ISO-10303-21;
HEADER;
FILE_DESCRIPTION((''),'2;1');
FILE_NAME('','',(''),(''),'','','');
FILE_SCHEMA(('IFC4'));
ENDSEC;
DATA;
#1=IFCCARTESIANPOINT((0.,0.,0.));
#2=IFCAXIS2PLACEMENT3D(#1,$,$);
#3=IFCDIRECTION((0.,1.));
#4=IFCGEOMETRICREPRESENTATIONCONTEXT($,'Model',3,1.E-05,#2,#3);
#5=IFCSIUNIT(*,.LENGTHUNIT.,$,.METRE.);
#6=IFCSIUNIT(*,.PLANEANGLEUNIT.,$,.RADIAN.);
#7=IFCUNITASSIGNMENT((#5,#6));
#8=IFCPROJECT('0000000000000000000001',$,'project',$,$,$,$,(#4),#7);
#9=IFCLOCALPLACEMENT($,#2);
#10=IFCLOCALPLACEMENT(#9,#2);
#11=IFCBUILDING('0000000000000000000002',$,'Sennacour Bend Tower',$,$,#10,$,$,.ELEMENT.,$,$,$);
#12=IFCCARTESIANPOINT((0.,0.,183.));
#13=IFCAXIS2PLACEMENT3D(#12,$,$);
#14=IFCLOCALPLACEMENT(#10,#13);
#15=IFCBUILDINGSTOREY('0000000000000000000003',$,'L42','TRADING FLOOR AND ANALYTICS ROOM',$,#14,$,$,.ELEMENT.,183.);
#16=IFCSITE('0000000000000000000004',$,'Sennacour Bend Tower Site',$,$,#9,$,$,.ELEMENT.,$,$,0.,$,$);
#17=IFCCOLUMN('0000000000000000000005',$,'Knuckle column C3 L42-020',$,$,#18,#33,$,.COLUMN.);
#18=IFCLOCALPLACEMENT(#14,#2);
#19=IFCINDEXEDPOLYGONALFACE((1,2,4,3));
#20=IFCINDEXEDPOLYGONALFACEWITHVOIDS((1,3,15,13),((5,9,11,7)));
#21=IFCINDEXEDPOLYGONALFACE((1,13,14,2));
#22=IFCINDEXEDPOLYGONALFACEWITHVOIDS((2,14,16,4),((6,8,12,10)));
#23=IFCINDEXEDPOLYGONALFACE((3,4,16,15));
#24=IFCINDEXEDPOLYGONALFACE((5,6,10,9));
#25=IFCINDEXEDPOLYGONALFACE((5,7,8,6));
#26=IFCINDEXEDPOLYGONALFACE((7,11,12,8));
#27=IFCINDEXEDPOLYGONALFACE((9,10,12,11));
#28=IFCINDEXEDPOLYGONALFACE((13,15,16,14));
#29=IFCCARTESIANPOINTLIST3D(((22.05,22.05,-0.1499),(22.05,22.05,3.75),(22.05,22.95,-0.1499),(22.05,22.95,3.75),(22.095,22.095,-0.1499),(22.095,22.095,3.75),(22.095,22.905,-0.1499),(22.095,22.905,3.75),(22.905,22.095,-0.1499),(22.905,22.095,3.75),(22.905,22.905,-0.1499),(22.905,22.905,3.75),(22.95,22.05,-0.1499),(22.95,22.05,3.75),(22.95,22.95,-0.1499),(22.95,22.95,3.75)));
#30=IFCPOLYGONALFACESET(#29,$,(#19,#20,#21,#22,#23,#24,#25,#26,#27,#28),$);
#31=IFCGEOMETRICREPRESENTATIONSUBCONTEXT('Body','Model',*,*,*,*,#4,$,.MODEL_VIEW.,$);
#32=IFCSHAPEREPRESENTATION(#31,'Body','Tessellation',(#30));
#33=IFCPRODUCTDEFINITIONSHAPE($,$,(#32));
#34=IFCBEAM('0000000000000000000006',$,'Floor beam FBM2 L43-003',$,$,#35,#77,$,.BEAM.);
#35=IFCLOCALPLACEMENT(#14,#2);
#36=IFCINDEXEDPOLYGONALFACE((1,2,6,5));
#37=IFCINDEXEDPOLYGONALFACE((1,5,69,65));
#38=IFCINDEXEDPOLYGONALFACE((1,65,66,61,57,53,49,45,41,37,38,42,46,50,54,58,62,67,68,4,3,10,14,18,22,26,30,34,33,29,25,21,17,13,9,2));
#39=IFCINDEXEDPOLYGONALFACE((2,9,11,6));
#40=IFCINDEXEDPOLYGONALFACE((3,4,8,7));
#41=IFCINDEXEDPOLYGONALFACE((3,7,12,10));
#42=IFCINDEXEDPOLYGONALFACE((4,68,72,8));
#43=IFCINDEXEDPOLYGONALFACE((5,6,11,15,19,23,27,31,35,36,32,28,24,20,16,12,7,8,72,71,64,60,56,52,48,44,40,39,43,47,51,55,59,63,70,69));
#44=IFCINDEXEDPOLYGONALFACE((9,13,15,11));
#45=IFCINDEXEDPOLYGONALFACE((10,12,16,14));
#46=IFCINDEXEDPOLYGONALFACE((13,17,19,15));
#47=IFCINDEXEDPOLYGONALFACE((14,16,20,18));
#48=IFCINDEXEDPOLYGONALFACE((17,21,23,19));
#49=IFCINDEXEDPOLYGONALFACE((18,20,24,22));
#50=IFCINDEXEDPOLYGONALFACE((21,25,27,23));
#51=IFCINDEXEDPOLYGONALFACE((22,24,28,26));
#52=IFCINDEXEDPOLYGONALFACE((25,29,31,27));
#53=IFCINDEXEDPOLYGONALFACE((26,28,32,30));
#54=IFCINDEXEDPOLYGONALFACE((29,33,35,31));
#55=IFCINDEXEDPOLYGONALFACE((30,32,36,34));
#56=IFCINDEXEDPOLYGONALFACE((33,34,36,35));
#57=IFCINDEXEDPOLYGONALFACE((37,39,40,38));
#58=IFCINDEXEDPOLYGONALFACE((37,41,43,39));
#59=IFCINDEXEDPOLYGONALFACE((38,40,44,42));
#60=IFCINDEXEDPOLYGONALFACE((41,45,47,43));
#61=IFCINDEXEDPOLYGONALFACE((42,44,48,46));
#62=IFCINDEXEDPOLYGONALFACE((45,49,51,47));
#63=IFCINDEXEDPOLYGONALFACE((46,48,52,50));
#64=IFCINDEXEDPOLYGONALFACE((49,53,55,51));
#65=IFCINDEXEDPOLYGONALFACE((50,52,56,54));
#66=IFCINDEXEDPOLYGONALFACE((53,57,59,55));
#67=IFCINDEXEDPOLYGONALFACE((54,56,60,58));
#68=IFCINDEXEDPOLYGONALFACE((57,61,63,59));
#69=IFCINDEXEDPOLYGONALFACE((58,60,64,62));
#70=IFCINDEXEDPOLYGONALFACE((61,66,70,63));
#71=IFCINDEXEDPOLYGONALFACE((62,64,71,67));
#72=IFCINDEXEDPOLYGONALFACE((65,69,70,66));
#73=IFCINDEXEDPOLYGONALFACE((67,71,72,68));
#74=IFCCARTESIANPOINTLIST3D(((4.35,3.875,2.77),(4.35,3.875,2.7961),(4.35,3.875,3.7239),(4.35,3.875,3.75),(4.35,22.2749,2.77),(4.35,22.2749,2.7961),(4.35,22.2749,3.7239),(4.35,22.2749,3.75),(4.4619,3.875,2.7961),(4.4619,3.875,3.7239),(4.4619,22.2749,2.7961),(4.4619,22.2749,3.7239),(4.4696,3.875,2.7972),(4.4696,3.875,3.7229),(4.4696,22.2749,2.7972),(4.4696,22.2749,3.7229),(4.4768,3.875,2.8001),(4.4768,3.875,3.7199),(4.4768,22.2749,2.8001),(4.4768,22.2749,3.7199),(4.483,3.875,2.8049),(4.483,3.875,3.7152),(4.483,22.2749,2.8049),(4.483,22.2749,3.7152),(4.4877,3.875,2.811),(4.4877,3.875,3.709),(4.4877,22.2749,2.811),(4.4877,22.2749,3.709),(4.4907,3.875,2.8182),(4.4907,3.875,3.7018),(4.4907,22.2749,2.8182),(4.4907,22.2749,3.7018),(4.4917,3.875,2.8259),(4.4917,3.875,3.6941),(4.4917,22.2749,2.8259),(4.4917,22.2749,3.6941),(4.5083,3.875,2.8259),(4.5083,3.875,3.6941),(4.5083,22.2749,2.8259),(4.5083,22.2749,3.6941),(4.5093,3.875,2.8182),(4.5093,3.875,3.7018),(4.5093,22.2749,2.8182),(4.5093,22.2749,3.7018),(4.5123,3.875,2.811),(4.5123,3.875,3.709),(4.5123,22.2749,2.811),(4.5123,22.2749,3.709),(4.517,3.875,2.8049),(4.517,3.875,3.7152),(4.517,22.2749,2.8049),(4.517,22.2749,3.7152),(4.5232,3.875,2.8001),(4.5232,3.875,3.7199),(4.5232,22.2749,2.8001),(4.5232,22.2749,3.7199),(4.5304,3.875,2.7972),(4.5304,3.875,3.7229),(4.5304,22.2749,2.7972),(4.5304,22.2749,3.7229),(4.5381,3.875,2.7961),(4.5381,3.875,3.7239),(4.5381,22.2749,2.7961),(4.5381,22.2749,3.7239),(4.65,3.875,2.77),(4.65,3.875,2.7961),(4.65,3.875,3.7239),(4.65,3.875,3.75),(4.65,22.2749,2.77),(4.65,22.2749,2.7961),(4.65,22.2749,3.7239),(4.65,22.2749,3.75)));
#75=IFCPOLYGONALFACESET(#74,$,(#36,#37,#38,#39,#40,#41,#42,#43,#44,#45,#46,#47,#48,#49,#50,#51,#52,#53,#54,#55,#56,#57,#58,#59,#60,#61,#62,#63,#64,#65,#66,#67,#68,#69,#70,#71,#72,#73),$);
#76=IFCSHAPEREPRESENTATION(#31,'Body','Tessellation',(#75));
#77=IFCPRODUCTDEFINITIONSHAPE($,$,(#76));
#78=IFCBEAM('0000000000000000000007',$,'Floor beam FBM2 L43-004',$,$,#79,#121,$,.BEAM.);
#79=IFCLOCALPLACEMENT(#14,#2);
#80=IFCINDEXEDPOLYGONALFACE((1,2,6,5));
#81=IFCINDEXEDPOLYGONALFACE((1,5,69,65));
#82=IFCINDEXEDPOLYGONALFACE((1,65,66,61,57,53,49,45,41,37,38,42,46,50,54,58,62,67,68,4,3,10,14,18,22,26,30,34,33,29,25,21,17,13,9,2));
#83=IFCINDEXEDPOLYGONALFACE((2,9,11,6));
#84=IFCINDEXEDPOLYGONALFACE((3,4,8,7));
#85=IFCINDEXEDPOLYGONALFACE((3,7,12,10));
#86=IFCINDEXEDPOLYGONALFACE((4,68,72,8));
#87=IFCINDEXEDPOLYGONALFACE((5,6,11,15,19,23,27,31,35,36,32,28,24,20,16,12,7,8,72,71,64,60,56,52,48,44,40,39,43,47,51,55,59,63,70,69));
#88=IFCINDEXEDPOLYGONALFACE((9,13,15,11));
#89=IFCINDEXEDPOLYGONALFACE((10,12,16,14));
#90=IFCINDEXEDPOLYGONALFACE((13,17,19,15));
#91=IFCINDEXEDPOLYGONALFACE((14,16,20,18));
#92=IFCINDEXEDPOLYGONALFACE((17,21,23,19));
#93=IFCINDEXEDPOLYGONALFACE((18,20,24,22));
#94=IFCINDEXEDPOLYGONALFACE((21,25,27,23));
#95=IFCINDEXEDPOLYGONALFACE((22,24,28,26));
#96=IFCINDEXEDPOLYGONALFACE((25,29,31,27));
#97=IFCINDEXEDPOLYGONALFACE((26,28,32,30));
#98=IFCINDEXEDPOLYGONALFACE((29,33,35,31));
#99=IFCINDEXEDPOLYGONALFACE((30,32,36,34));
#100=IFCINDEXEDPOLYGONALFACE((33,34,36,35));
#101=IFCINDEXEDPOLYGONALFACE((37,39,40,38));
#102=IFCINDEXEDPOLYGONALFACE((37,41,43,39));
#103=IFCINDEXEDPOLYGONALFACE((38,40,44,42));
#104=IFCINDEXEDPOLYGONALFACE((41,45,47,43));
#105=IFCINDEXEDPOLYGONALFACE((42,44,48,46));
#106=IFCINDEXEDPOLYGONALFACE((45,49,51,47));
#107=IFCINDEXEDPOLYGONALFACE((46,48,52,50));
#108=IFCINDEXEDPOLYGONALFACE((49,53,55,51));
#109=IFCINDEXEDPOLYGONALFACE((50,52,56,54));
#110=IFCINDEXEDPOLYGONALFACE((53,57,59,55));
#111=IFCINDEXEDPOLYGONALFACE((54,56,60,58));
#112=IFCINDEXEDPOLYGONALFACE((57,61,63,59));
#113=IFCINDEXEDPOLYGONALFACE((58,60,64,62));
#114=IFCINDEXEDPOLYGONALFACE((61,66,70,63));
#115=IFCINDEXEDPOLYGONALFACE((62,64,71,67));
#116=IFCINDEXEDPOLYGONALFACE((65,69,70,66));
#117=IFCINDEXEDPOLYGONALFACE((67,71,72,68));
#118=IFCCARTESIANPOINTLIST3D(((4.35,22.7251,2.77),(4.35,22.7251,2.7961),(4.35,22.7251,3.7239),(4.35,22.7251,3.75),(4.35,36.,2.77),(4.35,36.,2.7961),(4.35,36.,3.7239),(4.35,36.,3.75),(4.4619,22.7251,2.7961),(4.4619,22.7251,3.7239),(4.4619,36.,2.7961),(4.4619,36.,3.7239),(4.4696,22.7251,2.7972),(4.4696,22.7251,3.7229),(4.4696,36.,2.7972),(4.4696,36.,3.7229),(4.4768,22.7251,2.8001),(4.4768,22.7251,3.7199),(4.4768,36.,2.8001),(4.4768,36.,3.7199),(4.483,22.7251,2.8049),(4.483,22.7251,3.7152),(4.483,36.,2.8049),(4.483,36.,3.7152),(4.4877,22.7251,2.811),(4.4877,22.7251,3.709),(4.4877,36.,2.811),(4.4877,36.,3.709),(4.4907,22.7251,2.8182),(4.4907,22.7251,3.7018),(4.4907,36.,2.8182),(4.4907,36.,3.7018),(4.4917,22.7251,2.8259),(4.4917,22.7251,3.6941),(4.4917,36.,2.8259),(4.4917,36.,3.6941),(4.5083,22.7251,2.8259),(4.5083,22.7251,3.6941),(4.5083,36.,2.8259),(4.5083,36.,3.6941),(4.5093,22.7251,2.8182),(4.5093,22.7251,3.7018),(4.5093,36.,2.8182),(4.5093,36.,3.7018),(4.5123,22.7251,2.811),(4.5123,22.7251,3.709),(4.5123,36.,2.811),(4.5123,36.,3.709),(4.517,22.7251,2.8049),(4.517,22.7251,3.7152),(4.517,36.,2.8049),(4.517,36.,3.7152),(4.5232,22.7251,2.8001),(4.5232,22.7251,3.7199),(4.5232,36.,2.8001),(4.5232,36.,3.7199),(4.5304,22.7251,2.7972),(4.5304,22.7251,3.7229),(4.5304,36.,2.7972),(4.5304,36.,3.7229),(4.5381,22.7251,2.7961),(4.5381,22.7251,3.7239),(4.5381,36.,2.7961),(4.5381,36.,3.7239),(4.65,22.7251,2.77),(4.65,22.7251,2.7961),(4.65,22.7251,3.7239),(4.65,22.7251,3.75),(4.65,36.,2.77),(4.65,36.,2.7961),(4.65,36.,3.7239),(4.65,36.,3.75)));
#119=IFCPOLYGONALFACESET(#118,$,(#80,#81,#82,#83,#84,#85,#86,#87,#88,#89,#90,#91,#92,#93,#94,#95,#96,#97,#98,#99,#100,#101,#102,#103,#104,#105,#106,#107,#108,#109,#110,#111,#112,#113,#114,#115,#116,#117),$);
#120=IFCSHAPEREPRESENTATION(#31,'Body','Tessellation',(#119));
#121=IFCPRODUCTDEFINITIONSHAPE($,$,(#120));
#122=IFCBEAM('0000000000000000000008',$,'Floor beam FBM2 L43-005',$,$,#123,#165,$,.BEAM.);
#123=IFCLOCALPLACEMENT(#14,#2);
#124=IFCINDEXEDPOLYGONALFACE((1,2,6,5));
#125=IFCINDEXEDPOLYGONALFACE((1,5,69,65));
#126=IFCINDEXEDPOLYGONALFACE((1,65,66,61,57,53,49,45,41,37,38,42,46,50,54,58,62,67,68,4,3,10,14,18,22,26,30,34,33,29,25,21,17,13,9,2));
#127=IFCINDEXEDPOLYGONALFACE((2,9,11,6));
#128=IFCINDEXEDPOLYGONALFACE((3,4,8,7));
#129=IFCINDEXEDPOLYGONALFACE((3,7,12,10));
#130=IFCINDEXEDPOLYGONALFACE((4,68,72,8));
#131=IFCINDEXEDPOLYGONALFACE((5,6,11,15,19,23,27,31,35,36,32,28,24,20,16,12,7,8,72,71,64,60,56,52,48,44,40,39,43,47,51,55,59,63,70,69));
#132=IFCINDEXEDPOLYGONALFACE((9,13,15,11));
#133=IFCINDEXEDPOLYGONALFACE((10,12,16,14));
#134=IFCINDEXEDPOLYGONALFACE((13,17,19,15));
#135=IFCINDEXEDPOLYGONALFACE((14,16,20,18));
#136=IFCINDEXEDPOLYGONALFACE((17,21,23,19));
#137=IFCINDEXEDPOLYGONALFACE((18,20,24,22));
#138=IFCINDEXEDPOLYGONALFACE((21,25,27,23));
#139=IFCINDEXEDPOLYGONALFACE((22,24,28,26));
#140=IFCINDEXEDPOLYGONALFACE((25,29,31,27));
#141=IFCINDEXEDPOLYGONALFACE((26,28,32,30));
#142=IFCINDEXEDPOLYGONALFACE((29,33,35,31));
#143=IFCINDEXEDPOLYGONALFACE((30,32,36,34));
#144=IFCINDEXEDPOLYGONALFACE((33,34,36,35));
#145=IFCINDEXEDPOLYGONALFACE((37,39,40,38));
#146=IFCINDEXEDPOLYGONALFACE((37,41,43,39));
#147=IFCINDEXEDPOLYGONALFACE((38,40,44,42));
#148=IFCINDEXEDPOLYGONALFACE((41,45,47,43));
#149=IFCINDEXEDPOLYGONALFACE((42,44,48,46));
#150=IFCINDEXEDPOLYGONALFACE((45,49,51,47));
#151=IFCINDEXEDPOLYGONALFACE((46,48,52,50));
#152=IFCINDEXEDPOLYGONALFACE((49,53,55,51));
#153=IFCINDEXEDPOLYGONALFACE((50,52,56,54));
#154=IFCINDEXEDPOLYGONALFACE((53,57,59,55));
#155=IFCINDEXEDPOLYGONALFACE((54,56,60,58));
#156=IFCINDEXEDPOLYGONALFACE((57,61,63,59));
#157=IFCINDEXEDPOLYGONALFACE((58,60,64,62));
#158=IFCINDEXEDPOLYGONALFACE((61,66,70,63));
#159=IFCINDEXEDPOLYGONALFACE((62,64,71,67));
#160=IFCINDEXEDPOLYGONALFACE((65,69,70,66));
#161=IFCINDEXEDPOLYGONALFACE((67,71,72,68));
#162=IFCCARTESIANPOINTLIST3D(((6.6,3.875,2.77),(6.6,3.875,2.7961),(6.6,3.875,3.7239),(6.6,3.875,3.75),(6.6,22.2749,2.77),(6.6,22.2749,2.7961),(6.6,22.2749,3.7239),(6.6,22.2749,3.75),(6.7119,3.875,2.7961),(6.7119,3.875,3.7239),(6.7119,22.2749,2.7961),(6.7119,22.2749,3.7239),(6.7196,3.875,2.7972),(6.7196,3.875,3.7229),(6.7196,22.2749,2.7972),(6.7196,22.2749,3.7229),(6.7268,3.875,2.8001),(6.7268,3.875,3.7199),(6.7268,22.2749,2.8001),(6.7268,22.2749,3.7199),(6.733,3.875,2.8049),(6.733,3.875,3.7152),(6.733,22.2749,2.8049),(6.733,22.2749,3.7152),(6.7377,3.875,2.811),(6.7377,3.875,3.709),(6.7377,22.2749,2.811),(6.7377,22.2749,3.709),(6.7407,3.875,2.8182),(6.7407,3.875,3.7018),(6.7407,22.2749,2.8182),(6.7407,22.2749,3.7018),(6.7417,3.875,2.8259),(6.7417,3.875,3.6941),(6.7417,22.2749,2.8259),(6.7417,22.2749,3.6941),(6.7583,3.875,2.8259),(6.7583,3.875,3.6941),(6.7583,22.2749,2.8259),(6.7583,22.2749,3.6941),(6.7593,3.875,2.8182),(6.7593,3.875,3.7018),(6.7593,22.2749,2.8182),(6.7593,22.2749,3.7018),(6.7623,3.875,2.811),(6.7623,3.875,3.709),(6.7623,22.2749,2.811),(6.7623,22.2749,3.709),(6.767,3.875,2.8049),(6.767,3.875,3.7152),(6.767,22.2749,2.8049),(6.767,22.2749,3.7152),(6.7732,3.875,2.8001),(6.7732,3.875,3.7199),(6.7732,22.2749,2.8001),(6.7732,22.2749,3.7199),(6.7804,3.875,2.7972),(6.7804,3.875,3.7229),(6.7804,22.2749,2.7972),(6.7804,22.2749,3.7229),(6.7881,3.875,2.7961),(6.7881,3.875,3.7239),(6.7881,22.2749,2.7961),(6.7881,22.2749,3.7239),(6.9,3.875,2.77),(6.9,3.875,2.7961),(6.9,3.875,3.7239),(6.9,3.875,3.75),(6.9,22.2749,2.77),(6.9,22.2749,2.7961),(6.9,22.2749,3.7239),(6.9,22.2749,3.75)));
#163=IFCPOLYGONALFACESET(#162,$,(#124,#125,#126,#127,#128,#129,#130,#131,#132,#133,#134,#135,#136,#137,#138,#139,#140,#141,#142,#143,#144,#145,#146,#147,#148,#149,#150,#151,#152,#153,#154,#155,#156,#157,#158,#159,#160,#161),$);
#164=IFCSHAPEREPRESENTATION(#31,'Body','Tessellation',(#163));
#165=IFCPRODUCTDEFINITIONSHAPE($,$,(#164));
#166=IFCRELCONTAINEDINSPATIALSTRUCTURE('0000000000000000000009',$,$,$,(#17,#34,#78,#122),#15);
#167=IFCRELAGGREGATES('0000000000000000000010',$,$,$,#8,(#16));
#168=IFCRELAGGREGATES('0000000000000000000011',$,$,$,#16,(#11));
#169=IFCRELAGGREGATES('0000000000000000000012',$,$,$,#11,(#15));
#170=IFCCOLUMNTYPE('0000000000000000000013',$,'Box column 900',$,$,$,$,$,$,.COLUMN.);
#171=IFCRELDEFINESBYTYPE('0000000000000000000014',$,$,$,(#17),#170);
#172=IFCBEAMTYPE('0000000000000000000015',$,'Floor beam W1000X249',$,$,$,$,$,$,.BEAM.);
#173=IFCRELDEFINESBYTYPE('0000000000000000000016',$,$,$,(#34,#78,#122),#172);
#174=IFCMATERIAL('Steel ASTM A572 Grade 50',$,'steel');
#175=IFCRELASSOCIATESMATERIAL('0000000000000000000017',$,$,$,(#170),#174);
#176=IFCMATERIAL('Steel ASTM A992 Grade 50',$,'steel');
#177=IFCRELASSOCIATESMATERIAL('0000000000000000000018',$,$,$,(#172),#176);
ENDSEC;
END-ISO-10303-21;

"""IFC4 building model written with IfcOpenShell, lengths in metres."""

from ifc_helpers import new_model, si_unit, direction, frame, origin, origin_2d, place, context, subcontext, project, spatial, hollow_rectangle, i_section, extrude, material, material_profile, profile_set, type_object, element, save


model = new_model("IFC4")

# Units and contexts
model_context = context("Model", 3, precision=1e-05, world=origin(), true_north=direction((0.0, 1.0)))
body_context = subcontext(model_context, "Body", "Model", "MODEL_VIEW")
ifc_project = project(units=[si_unit("LENGTHUNIT", "METRE"), si_unit("PLANEANGLEUNIT", "RADIAN")], contexts=[model_context])

# Site, building, storey
site_placement = place(None, origin())
site = spatial("IfcSite", under=ifc_project, at=site_placement, Name="Sennacour Bend Tower Site", CompositionType="ELEMENT", RefElevation=0.0)
building_placement = place(site_placement, origin())
building = spatial("IfcBuilding", under=site, at=building_placement, Name="Sennacour Bend Tower", CompositionType="ELEMENT")
storey_placement = place(building_placement, frame((0.0, 0.0, 183.0)))
storey = spatial("IfcBuildingStorey", under=building, at=storey_placement, Name="L42", Description="TRADING FLOOR AND ANALYTICS ROOM", CompositionType="ELEMENT", Elevation=183.0)

# Column
ifc_material_1 = material(Name="Steel ASTM A572 Grade 50", Category="steel")
ifc_material_profile_1 = material_profile(ifc_material_1, hollow_rectangle(XDim=0.8999, YDim=0.8999, WallThickness=0.0449, at=origin_2d()), Name="Steel ASTM A572 Grade 50", Category="steel")
ifc_profile_set_1 = profile_set([ifc_material_profile_1], Name="Steel ASTM A572 Grade 50")
column_type = type_object("IfcColumnType", Name="Box column 900", PredefinedType="COLUMN", material=ifc_profile_set_1)
column_placement = place(storey_placement, frame((22.5, 22.5, -0.1499), z_axis=(0.0, 0.0, 1.0), x_axis=(1.0, 0.0, 0.0)))
element("IfcColumn", 1, at=column_placement, inside=storey, type_object=column_type, Name="Knuckle column C3 L42-020", PredefinedType="COLUMN", context=body_context, shape_type="SweptSolid", body=[
    extrude(hollow_rectangle(XDim=0.8999, YDim=0.8999, WallThickness=0.0449, at=origin_2d()), origin(), (0.0, 0.0, 1.0), 3.8999),
])

# Beams
ifc_material_2 = material(Name="Steel ASTM A992 Grade 50", Category="steel")
ifc_material_profile_2 = material_profile(ifc_material_2, i_section(OverallWidth=0.3, OverallDepth=0.98, WebThickness=0.0166, FlangeThickness=0.0261, FilletRadius=0.0298, at=origin_2d()), Name="Steel ASTM A992 Grade 50", Category="steel")
ifc_profile_set_2 = profile_set([ifc_material_profile_2], Name="Steel ASTM A992 Grade 50")
beam_type = type_object("IfcBeamType", Name="Floor beam W1000X249", PredefinedType="BEAM", material=ifc_profile_set_2)
beam_1_placement = place(storey_placement, frame((4.5, 3.875, 3.26), z_axis=(0.0, 1.0, 0.0), x_axis=(-1.0, 0.0, 0.0)))
element("IfcBeam", 2, at=beam_1_placement, inside=storey, type_object=beam_type, Name="Floor beam FBM2 L43-003", PredefinedType="BEAM", context=body_context, shape_type="SweptSolid", body=[
    extrude(i_section(OverallWidth=0.3, OverallDepth=0.98, WebThickness=0.0166, FlangeThickness=0.0261, FilletRadius=0.0298, at=origin_2d()), origin(), (0.0, 0.0, 1.0), 18.3999),
])
beam_2_placement = place(storey_placement, frame((4.5, 22.7251, 3.26), z_axis=(0.0, 1.0, 0.0), x_axis=(-1.0, 0.0, 0.0)))
element("IfcBeam", 3, at=beam_2_placement, inside=storey, type_object=beam_type, Name="Floor beam FBM2 L43-004", PredefinedType="BEAM", context=body_context, shape_type="SweptSolid", body=[
    extrude(i_section(OverallWidth=0.3, OverallDepth=0.98, WebThickness=0.0166, FlangeThickness=0.0261, FilletRadius=0.0298, at=origin_2d()), origin(), (0.0, 0.0, 1.0), 13.2749),
])
beam_3_placement = place(storey_placement, frame((6.75, 3.875, 3.26), z_axis=(0.0, 1.0, 0.0), x_axis=(-1.0, 0.0, 0.0)))
element("IfcBeam", 4, at=beam_3_placement, inside=storey, type_object=beam_type, Name="Floor beam FBM2 L43-005", PredefinedType="BEAM", context=body_context, shape_type="SweptSolid", body=[
    extrude(i_section(OverallWidth=0.3, OverallDepth=0.98, WebThickness=0.0166, FlangeThickness=0.0261, FilletRadius=0.0298, at=origin_2d()), origin(), (0.0, 0.0, 1.0), 18.3999),
])

save(model, "model.ifc")
